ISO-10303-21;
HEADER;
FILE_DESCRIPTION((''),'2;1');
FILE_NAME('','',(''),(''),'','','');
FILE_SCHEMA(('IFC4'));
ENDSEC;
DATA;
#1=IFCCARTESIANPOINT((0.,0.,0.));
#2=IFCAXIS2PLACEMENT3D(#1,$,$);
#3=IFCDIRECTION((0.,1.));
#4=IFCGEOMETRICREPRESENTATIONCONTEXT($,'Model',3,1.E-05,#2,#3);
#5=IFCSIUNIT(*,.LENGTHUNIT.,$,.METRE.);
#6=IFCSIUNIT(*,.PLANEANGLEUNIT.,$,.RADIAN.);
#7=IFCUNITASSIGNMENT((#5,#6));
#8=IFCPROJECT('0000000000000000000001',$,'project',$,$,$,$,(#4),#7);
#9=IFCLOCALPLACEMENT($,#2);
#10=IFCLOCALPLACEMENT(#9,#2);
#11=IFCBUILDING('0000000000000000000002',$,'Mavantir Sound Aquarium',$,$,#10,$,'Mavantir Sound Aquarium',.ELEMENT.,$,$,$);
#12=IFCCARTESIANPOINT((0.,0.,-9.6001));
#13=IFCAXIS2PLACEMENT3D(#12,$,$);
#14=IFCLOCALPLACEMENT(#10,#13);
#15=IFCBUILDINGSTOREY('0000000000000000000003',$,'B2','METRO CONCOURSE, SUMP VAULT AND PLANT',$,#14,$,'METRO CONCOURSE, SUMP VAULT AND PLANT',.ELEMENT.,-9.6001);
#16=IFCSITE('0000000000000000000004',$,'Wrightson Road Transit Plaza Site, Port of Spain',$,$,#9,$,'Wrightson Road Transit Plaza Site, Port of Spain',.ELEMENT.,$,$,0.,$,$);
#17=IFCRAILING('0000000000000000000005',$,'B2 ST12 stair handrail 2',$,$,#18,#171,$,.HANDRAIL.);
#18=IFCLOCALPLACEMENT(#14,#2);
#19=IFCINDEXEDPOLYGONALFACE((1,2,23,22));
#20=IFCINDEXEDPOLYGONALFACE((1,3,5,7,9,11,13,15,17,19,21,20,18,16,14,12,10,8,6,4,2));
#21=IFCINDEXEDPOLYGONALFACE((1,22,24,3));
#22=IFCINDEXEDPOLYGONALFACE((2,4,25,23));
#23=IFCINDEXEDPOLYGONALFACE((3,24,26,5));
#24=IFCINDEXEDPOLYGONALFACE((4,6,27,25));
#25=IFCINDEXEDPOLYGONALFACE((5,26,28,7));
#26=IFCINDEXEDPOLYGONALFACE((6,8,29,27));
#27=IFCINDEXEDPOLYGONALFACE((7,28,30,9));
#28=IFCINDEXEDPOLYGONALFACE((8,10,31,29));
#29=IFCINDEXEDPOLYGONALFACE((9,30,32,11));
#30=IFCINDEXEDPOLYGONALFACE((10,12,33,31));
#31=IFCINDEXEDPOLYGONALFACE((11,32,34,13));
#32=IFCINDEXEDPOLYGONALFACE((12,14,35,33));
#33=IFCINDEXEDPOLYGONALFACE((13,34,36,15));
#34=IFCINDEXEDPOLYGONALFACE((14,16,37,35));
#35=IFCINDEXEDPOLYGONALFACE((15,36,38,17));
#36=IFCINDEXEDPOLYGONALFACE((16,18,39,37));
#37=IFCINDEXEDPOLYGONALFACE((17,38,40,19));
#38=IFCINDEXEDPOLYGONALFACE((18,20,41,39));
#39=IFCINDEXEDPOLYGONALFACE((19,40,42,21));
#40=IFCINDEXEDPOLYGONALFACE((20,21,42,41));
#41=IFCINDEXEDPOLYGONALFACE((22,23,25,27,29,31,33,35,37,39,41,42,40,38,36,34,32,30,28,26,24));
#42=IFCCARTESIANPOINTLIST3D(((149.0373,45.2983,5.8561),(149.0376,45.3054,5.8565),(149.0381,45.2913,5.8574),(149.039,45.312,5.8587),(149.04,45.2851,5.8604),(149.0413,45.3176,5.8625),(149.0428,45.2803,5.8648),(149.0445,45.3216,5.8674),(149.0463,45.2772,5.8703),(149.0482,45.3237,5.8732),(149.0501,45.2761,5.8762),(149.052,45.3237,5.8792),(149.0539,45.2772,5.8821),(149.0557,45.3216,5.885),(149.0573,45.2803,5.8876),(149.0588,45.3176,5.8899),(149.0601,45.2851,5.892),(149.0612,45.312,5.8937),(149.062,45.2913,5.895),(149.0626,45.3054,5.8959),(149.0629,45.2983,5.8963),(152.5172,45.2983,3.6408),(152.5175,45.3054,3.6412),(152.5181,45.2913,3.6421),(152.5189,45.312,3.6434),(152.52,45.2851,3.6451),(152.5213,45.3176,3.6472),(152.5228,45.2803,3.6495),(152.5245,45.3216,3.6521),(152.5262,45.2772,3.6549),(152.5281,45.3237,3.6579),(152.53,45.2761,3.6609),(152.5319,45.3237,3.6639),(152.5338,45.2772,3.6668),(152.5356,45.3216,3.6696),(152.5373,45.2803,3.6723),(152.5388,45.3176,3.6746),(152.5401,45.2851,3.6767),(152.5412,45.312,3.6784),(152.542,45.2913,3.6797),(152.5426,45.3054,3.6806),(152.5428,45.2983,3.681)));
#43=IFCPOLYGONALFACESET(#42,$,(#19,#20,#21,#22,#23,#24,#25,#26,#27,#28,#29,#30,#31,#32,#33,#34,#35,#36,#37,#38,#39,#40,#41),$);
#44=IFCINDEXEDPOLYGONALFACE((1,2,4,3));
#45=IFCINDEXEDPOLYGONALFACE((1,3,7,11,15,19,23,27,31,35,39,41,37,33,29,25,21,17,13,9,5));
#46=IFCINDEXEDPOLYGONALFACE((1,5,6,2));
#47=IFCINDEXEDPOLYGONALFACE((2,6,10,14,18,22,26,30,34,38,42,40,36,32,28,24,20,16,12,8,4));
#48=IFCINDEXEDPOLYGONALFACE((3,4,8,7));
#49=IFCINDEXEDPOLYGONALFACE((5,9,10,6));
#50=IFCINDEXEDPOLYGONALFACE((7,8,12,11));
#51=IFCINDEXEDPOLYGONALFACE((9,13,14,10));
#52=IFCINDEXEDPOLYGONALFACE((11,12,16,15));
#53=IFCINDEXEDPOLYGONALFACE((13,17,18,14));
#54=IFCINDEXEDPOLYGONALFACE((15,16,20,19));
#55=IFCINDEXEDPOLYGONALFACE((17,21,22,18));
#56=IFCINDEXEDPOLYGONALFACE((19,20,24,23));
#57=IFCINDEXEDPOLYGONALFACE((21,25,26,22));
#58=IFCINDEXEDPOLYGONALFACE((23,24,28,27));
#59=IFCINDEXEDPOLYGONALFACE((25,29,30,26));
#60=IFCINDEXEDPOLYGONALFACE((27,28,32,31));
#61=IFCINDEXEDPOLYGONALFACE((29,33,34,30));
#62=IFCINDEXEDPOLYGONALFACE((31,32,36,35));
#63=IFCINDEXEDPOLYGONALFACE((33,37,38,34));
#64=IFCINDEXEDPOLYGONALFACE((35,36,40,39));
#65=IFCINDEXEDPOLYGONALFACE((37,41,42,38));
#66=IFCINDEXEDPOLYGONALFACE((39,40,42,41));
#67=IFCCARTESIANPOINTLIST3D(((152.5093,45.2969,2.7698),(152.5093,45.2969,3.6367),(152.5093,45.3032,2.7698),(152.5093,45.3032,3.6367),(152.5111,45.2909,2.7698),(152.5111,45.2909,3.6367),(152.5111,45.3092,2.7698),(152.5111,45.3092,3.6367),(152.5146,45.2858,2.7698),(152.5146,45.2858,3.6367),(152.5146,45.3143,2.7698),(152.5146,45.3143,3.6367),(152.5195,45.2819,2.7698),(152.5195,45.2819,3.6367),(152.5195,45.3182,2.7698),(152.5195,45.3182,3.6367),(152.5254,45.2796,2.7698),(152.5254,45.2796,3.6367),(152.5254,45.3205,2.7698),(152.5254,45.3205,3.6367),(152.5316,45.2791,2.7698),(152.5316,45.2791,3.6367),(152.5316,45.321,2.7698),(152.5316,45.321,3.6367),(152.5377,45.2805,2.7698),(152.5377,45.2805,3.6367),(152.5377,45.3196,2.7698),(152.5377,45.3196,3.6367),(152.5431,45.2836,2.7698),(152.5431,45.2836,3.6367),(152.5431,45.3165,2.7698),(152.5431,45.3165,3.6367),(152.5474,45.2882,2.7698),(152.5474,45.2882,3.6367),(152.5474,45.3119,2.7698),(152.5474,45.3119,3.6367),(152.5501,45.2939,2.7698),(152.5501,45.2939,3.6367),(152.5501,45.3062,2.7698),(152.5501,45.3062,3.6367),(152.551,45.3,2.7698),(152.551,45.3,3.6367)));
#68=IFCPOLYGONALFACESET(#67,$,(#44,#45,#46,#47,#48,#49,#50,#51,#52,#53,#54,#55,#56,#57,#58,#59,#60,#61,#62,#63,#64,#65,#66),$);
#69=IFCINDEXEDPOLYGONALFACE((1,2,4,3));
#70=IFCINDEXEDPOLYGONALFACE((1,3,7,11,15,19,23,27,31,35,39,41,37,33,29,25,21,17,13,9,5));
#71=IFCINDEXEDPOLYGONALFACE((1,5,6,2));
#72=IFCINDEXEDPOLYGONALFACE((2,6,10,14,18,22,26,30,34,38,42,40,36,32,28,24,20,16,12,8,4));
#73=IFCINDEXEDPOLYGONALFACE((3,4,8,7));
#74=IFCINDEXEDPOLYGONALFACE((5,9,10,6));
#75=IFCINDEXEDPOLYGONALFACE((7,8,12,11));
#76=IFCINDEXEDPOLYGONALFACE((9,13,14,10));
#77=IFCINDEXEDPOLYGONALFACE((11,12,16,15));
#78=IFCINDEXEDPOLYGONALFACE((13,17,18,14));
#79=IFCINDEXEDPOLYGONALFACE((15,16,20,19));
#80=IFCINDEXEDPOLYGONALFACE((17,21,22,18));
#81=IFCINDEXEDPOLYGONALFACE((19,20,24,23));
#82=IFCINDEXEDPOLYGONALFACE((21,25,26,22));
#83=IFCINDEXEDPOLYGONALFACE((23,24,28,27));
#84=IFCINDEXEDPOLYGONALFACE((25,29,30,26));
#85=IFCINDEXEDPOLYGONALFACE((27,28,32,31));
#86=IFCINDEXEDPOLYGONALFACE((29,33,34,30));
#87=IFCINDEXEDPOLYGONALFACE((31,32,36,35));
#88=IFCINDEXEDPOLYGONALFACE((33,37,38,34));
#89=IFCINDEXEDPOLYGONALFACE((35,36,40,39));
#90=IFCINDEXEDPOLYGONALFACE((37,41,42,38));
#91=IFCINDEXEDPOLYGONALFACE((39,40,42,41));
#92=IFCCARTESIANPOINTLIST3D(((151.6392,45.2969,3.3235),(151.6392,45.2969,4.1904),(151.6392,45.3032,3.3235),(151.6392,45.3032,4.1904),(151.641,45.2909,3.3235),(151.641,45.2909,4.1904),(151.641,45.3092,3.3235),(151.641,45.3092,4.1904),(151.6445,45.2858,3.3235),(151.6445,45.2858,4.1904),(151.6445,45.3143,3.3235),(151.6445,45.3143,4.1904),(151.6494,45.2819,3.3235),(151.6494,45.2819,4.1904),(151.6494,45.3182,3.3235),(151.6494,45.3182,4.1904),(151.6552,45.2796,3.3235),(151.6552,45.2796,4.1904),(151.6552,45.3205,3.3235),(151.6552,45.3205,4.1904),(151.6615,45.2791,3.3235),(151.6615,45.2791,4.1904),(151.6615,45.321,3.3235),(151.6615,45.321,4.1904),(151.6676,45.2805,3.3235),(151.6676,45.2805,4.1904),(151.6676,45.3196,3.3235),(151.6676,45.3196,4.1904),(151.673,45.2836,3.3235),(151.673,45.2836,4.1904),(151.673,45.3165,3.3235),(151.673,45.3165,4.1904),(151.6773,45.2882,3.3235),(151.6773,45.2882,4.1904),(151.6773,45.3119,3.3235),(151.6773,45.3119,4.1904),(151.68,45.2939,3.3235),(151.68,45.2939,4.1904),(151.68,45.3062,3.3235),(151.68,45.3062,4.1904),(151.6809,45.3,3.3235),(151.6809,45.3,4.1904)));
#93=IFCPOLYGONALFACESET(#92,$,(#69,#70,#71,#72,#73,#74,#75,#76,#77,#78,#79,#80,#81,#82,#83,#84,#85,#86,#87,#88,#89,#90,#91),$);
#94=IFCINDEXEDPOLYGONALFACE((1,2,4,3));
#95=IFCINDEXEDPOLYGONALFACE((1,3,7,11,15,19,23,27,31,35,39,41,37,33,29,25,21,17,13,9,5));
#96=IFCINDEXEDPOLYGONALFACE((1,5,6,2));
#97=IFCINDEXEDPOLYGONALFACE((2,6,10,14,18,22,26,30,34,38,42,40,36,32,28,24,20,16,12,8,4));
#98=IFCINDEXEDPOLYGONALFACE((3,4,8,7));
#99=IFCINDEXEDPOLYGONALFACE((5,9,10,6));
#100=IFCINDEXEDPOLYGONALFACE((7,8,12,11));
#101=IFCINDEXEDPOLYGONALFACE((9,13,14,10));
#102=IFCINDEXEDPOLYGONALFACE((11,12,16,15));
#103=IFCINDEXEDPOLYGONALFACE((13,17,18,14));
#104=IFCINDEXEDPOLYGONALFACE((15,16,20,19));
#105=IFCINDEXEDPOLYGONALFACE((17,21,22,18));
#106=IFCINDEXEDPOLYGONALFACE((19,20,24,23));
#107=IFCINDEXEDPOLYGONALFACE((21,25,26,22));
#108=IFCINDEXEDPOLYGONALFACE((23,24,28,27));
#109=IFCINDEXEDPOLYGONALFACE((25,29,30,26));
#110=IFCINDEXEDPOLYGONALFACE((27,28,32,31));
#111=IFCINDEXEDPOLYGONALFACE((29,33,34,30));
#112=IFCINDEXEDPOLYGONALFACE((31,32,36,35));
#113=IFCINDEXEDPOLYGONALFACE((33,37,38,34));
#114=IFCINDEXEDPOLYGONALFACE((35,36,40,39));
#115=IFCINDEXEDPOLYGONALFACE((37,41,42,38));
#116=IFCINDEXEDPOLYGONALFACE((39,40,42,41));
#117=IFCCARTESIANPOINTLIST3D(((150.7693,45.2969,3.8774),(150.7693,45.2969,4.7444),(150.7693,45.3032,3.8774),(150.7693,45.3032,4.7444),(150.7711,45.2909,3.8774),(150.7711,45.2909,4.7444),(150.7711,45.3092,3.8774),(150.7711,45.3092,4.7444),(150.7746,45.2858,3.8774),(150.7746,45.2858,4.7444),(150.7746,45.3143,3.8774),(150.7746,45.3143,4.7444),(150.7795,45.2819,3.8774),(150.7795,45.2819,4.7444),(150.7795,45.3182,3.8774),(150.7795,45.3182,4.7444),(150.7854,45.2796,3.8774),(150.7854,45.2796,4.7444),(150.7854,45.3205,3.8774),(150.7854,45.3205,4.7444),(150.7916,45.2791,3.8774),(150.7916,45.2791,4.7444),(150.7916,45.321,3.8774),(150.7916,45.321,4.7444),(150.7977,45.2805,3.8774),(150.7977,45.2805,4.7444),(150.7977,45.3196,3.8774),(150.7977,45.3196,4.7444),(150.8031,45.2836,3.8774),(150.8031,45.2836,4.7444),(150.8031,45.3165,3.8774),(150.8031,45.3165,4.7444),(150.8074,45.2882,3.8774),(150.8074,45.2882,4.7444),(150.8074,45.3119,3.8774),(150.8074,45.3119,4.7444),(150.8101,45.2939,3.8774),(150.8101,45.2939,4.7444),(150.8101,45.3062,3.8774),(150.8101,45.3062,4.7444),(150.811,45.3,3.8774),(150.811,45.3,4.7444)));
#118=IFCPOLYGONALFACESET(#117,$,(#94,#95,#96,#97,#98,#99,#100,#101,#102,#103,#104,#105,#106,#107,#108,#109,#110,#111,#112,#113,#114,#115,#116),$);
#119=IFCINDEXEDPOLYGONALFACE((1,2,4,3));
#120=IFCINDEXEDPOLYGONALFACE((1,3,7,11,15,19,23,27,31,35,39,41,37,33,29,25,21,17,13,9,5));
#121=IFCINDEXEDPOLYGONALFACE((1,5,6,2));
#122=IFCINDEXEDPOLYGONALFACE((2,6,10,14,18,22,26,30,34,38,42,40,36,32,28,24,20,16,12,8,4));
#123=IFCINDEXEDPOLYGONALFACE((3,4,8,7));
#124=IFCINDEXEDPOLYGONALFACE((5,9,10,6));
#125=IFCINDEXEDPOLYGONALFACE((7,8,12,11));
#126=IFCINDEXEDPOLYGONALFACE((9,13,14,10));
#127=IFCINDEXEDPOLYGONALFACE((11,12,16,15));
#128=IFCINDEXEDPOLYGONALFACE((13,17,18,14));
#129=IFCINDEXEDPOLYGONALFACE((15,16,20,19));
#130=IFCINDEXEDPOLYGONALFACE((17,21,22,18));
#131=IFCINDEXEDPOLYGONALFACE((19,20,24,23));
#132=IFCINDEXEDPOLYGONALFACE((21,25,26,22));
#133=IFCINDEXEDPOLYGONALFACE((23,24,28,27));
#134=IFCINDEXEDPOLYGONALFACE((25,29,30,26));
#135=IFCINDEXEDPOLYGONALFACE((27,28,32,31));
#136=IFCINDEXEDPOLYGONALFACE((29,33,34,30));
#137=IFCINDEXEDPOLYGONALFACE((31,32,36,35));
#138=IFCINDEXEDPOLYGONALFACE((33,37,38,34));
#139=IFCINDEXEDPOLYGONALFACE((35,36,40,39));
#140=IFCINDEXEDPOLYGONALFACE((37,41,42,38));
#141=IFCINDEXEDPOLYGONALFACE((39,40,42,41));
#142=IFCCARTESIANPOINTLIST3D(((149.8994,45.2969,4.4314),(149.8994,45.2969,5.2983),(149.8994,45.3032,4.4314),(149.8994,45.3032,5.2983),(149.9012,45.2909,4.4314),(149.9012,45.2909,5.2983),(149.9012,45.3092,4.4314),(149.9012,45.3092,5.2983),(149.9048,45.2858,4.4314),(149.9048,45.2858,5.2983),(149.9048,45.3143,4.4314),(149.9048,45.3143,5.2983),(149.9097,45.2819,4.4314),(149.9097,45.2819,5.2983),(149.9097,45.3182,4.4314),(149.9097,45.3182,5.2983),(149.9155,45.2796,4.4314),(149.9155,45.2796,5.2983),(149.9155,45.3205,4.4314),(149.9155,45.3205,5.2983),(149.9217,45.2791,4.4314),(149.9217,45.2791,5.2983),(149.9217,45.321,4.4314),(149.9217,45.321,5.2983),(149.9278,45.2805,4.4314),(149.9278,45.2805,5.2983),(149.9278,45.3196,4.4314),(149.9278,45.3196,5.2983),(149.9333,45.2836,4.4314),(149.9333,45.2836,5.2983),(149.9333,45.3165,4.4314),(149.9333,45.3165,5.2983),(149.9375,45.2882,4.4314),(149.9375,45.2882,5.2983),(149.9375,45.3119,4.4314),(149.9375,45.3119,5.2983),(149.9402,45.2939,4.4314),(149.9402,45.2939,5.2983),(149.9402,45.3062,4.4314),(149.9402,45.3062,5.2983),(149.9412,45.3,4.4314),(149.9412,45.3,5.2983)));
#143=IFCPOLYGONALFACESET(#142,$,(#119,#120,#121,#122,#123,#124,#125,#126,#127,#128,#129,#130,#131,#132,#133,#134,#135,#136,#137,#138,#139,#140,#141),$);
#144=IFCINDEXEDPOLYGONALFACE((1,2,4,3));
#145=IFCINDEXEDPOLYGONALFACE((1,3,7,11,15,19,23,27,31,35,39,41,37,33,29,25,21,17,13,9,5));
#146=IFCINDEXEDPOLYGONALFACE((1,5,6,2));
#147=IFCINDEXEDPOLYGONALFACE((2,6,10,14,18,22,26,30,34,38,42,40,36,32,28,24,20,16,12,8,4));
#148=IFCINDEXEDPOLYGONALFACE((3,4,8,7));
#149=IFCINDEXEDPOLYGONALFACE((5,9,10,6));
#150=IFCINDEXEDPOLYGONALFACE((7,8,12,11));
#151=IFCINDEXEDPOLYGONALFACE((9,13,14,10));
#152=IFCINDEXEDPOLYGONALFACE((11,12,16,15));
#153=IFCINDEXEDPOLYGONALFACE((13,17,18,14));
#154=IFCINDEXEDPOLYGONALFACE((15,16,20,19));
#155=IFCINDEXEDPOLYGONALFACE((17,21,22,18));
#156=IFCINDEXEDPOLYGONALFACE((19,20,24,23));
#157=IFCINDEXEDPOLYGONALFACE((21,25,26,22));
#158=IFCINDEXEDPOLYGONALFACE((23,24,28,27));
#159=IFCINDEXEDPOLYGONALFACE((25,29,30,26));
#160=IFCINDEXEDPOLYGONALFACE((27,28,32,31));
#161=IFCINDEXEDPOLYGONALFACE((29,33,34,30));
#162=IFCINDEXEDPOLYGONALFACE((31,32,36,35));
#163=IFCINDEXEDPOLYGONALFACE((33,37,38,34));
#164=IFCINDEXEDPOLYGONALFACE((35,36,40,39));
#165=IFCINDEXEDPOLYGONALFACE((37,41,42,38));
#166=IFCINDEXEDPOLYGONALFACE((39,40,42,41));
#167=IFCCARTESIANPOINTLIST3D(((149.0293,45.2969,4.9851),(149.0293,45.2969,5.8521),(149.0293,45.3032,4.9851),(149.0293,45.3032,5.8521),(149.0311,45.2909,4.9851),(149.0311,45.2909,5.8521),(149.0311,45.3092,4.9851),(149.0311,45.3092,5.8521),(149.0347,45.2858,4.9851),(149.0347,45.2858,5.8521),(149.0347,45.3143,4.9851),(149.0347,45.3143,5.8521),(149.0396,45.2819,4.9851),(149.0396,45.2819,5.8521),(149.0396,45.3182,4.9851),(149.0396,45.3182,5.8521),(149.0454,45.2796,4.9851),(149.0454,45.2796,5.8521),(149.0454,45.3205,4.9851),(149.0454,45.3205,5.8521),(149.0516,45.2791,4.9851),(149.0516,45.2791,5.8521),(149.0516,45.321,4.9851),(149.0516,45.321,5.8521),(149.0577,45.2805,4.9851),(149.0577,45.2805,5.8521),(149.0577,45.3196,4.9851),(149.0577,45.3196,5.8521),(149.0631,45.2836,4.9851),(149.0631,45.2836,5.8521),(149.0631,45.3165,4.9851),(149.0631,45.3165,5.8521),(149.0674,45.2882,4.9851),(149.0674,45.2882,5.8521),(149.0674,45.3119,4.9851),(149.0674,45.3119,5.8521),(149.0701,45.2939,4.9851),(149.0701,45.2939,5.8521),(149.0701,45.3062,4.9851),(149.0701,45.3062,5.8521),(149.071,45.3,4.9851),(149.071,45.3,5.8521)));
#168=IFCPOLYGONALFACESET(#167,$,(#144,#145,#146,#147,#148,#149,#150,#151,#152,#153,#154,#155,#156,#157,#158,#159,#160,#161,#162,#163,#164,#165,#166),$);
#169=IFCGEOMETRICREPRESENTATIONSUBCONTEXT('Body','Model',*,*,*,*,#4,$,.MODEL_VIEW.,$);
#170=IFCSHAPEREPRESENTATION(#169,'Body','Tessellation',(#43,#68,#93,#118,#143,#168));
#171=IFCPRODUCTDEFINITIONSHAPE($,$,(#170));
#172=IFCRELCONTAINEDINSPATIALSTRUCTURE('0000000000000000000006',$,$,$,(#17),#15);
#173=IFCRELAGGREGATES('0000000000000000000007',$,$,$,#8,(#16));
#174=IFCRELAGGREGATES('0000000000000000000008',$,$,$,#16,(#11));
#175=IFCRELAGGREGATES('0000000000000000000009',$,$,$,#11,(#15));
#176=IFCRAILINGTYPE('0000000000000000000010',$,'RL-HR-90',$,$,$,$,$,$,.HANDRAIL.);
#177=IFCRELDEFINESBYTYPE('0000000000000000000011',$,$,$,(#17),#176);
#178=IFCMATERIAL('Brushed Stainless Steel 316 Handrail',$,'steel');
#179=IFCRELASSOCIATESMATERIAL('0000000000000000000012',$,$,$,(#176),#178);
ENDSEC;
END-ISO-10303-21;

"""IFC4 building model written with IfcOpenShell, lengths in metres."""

from ifc_helpers import new_model, si_unit, direction, frame, origin, origin_2d, place, context, subcontext, project, spatial, circle, extrude, material, type_object, element, save


model = new_model("IFC4")

# Units and contexts
model_context = context("Model", 3, precision=1e-05, world=origin(), true_north=direction((0.0, 1.0)))
body_context = subcontext(model_context, "Body", "Model", "MODEL_VIEW")
ifc_project = project(units=[si_unit("LENGTHUNIT", "METRE"), si_unit("PLANEANGLEUNIT", "RADIAN")], contexts=[model_context])

# Site, building, storey
site_placement = place(None, origin())
site = spatial("IfcSite", under=ifc_project, at=site_placement, Name="Wrightson Road Transit Plaza Site, Port of Spain", LongName="Wrightson Road Transit Plaza Site, Port of Spain", CompositionType="ELEMENT", RefElevation=0.0)
building_placement = place(site_placement, origin())
building = spatial("IfcBuilding", under=site, at=building_placement, Name="Mavantir Sound Aquarium", LongName="Mavantir Sound Aquarium", CompositionType="ELEMENT")
storey_placement = place(building_placement, frame((0.0, 0.0, -9.6001)))
storey = spatial("IfcBuildingStorey", under=building, at=storey_placement, Name="B2", Description="METRO CONCOURSE, SUMP VAULT AND PLANT", LongName="METRO CONCOURSE, SUMP VAULT AND PLANT", CompositionType="ELEMENT", Elevation=-9.6001)

# Railing
ifc_material_1 = material(Name="Brushed Stainless Steel 316 Handrail", Category="steel")
railing_type_1 = type_object("IfcRailingType", Name="RL-HR-90", PredefinedType="HANDRAIL", material=ifc_material_1)
railing_1_placement = place(storey_placement, frame((152.53, 45.3, 2.7698)))
element("IfcRailing", 1, at=railing_1_placement, inside=storey, type_object=railing_type_1, Name="B2 ST12 stair handrail 2", PredefinedType="HANDRAIL", context=body_context, shape_type="SweptSolid", body=[
    extrude(circle(Radius=0.0239, at=origin_2d()), frame((0.0, 0.0, 0.8911), z_axis=(-0.843574, 0.0, 0.537013), x_axis=(0.0, -1.0, 0.0)), (0.0, 0.0, 1.0), 4.1252),
    extrude(circle(Radius=0.021, at=origin_2d()), origin(), (0.0, 0.0, 1.0), 0.8669),
    extrude(circle(Radius=0.021, at=origin_2d()), frame((-0.8701, 0.0, 0.5537)), (0.0, 0.0, 1.0), 0.8669),
    extrude(circle(Radius=0.021, at=origin_2d()), frame((-1.74, 0.0, 1.1077)), (0.0, 0.0, 1.0), 0.8669),
    extrude(circle(Radius=0.021, at=origin_2d()), frame((-2.6099, 0.0, 1.6616)), (0.0, 0.0, 1.0), 0.8669),
    extrude(circle(Radius=0.021, at=origin_2d()), frame((-3.48, 0.0, 2.2153)), (0.0, 0.0, 1.0), 0.8669),
])

save(model, "model.ifc")
